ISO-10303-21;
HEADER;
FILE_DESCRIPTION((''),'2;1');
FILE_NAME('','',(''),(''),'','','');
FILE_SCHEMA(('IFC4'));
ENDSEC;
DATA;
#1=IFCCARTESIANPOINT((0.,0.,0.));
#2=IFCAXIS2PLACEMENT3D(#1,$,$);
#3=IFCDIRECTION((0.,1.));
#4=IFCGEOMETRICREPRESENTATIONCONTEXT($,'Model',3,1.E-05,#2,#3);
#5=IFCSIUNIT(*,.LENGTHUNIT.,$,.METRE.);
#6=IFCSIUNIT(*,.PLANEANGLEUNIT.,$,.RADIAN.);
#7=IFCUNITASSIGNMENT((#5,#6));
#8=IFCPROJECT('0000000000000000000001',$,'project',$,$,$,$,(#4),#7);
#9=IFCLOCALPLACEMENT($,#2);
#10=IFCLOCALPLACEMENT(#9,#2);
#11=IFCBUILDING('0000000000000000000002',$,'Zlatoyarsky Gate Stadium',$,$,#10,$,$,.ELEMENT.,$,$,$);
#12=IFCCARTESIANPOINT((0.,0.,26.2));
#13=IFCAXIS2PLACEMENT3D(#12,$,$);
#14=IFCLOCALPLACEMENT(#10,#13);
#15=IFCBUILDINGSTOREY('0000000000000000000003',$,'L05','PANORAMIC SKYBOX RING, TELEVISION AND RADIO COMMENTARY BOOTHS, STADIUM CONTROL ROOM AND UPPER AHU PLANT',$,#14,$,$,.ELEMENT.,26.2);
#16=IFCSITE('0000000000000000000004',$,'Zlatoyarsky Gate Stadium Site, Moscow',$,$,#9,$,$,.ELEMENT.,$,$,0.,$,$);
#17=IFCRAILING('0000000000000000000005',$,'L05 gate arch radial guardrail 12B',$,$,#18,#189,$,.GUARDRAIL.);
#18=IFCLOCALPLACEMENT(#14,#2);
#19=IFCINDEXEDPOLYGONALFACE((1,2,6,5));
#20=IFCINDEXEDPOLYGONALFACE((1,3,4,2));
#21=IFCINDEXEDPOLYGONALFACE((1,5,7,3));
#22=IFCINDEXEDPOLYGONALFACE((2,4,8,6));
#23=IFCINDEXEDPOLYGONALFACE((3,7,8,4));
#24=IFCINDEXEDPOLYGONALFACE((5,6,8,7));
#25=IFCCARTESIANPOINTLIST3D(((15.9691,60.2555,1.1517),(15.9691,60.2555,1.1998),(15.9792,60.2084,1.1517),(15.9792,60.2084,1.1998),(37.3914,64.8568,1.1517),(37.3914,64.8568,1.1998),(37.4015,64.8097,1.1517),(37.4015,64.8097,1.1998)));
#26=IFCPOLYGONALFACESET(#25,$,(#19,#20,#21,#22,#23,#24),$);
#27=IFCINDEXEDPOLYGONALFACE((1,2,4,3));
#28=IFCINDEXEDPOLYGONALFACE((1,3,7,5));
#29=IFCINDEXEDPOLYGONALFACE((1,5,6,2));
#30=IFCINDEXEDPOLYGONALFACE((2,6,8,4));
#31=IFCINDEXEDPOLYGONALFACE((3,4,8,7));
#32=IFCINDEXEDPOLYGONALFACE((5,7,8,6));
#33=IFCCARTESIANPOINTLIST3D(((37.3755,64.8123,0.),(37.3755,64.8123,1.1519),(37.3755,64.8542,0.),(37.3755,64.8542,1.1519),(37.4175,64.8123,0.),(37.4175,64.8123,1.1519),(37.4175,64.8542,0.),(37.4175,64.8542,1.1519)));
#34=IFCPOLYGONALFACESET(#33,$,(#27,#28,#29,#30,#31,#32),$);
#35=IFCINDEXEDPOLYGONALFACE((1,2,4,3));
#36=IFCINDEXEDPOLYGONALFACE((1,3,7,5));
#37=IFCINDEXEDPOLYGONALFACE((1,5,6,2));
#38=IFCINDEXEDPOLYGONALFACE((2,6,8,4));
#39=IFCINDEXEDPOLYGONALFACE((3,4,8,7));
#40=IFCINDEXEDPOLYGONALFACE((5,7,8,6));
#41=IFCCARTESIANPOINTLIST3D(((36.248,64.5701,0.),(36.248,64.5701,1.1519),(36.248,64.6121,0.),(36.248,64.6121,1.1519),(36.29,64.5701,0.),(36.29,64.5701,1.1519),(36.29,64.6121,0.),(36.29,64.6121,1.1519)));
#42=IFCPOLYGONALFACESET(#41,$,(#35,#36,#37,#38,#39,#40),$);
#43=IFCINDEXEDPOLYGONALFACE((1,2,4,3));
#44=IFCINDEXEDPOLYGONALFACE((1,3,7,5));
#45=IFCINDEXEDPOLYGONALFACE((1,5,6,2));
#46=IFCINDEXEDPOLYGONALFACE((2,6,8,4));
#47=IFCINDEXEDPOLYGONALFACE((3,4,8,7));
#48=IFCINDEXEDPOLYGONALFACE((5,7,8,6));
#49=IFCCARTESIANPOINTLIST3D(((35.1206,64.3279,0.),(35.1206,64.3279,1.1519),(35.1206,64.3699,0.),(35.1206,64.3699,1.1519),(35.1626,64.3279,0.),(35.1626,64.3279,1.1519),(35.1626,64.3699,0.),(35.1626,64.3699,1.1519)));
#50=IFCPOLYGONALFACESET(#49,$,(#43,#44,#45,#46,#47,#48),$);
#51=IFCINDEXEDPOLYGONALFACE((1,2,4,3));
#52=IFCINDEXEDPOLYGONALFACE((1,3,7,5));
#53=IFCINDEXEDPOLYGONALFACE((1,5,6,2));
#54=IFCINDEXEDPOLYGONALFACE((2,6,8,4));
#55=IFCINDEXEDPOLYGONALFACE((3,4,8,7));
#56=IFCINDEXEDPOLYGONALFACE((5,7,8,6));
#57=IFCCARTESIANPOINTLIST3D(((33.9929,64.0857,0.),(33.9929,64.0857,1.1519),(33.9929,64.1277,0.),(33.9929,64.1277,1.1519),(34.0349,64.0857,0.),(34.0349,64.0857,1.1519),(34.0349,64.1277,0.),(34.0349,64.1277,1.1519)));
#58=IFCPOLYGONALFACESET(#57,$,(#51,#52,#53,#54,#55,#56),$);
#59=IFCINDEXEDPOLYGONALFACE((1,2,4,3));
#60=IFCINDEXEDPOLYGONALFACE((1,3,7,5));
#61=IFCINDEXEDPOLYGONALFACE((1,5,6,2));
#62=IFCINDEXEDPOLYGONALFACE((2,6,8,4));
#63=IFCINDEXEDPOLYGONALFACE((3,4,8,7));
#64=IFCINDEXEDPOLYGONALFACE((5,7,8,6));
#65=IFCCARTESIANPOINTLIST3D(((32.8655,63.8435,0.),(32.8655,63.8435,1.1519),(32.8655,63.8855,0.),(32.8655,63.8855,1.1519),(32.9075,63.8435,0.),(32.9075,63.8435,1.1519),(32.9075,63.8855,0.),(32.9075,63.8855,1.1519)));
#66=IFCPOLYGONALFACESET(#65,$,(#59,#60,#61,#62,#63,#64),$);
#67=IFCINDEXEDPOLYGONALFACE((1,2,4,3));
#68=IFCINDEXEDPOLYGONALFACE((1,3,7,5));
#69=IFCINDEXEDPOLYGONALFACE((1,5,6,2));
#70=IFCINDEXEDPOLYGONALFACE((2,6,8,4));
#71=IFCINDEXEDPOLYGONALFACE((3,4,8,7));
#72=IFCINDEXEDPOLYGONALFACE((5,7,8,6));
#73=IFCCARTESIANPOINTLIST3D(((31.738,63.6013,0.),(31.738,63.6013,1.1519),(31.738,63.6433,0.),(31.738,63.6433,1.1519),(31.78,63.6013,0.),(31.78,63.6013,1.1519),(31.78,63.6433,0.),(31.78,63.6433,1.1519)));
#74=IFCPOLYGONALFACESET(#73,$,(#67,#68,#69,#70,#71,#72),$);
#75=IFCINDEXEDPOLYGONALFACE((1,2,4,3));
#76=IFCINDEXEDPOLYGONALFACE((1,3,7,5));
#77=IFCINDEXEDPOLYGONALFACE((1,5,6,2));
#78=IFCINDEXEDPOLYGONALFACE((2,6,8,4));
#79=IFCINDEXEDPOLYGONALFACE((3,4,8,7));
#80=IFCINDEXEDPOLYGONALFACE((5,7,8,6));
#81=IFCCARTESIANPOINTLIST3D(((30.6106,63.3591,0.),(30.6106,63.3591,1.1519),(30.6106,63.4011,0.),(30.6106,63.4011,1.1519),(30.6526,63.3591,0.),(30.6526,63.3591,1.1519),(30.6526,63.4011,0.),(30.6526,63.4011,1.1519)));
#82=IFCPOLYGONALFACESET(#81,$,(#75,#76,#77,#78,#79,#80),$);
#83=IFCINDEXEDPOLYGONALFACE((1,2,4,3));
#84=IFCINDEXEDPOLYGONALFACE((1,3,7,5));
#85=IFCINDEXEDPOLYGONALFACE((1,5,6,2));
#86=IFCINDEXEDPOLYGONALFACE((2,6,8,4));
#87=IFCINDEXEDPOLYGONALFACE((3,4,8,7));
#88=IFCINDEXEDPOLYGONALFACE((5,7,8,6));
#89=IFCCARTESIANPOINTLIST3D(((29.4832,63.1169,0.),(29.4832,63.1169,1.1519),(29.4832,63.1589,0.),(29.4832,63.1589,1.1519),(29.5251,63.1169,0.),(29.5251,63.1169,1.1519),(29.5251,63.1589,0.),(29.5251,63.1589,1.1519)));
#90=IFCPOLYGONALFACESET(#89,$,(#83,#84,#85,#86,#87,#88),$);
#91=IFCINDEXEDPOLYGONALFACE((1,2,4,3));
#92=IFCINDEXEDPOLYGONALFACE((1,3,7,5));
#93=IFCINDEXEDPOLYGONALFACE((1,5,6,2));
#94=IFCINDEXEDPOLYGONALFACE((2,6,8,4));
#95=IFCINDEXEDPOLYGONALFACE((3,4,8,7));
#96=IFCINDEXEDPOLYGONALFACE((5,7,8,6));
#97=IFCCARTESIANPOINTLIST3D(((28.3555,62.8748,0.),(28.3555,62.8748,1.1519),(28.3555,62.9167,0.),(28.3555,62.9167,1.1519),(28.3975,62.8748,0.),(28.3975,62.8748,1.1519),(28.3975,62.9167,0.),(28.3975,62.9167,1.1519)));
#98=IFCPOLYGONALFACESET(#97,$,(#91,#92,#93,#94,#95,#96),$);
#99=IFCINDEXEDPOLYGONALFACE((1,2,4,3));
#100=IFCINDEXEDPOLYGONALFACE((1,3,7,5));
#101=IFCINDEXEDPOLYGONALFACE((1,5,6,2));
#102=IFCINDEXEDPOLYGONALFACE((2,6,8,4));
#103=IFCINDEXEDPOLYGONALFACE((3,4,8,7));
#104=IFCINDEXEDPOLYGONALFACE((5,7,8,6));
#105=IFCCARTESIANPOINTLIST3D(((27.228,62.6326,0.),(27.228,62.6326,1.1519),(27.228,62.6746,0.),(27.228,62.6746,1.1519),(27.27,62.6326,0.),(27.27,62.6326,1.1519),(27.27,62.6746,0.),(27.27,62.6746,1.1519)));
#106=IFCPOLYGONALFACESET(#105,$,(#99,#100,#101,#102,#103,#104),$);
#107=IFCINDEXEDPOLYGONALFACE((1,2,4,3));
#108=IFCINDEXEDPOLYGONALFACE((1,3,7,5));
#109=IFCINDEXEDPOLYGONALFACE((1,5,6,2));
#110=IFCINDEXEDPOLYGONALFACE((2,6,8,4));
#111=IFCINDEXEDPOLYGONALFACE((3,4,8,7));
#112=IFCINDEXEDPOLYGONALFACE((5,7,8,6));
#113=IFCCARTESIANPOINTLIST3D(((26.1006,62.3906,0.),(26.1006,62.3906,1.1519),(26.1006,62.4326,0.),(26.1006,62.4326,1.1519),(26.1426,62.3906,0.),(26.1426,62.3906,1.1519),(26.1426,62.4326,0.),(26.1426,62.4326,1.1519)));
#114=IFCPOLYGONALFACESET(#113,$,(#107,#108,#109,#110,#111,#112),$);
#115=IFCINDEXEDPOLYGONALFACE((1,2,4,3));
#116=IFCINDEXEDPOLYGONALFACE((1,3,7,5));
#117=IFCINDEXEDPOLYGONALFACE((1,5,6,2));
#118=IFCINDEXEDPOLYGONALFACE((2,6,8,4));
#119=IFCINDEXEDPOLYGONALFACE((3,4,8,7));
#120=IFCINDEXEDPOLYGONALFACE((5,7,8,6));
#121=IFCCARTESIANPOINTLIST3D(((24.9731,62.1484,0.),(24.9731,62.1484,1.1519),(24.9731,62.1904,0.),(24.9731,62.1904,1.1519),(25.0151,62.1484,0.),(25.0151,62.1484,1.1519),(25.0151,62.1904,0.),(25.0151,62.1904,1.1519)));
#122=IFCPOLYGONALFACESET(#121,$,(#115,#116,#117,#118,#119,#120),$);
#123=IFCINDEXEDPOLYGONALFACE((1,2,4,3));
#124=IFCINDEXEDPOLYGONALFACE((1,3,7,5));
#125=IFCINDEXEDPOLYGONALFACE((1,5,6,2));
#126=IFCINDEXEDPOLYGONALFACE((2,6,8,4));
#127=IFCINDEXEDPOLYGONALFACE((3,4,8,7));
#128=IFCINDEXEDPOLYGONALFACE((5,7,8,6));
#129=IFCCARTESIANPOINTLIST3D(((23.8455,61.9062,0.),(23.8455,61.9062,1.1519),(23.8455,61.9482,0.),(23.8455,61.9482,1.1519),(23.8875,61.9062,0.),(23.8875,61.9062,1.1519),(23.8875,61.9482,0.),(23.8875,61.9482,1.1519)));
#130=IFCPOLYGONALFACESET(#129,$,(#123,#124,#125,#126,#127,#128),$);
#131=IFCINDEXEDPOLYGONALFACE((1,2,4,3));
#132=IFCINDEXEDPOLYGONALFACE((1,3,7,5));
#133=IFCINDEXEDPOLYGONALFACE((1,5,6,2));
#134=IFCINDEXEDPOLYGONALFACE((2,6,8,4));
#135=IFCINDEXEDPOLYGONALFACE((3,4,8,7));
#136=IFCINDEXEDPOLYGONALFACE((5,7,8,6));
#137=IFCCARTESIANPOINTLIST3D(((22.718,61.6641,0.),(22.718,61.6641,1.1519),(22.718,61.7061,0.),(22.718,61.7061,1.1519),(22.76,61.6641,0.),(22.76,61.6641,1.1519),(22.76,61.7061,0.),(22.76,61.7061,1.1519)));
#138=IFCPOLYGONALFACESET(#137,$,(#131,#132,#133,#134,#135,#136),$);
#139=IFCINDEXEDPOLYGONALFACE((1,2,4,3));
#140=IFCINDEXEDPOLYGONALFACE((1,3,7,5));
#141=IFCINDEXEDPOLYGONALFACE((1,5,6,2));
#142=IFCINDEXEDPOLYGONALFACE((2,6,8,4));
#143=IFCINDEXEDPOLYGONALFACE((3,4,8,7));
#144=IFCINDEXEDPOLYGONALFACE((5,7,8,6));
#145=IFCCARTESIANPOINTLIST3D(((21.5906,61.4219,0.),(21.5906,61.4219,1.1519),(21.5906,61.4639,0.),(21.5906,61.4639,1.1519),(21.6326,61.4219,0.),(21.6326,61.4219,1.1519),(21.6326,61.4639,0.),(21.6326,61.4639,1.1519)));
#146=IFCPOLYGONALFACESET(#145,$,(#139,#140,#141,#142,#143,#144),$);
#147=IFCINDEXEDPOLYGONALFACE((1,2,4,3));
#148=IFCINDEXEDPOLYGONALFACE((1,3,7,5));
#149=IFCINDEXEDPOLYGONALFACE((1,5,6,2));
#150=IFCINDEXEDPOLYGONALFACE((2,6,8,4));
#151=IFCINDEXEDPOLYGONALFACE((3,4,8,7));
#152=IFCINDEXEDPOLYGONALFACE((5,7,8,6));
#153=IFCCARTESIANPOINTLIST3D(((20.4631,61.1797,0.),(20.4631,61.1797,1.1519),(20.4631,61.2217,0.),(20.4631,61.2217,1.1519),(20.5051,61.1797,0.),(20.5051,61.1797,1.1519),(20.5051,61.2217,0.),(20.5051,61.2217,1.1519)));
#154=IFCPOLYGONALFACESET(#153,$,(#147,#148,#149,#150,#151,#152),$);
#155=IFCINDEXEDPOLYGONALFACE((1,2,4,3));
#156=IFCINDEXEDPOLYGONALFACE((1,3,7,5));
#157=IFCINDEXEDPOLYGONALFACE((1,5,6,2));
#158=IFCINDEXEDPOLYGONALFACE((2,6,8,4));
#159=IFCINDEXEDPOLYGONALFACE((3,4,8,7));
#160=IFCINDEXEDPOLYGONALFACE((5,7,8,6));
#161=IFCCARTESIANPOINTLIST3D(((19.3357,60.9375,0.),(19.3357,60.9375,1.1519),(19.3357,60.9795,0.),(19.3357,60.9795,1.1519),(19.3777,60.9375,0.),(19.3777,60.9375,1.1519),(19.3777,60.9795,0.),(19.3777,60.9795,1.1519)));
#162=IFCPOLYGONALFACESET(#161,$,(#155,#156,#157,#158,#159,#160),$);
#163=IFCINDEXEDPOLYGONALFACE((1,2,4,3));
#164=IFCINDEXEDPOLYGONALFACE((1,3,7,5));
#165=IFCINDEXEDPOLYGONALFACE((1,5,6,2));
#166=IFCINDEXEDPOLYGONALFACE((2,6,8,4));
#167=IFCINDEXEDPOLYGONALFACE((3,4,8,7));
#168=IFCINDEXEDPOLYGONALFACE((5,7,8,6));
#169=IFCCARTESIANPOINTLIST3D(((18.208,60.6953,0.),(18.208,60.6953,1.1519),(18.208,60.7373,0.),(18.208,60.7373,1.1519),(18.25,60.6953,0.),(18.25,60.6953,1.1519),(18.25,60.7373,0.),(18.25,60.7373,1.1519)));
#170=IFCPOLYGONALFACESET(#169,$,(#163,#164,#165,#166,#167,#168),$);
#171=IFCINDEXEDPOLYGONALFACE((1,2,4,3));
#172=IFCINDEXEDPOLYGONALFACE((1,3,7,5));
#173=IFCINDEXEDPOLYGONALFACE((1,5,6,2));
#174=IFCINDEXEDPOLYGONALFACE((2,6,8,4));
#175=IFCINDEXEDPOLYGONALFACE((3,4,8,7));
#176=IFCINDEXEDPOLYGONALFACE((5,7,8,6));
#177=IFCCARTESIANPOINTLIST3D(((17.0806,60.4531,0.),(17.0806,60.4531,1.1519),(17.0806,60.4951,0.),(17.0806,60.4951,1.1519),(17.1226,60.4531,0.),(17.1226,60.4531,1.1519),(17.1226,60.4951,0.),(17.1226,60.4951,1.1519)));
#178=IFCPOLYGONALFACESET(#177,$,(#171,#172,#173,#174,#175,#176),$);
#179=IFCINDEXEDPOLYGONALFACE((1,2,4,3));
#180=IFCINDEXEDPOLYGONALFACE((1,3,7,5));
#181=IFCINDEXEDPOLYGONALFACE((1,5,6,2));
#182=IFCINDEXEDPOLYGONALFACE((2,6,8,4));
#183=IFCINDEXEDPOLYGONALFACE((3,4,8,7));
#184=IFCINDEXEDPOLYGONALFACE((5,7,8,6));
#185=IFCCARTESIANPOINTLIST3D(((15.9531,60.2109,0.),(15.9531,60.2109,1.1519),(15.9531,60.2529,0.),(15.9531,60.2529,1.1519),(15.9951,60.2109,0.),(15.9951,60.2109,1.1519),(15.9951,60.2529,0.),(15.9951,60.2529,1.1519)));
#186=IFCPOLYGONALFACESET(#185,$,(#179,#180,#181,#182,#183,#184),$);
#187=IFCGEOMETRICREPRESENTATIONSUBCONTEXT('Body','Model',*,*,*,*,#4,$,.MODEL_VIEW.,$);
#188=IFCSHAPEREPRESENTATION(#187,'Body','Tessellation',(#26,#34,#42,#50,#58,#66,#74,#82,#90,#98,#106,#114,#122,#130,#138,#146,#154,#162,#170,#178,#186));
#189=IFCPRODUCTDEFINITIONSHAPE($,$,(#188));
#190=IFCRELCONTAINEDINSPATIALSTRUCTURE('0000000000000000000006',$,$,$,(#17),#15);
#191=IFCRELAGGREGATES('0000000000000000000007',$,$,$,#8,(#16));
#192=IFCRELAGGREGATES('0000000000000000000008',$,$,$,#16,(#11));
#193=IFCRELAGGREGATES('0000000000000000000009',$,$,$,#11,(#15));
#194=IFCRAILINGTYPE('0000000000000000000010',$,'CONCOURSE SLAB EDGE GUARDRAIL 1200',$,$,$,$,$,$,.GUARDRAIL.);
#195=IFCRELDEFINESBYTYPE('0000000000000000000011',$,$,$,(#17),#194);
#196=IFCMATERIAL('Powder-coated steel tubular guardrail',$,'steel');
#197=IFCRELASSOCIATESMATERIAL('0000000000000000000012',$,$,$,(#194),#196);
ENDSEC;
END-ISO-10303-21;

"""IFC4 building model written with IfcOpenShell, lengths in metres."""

from ifc_helpers import new_model, si_unit, direction, frame, origin, origin_2d, place, context, subcontext, project, spatial, rectangle, extrude, material, type_object, element, save


model = new_model("IFC4")

# Units and contexts
model_context = context("Model", 3, precision=1e-05, world=origin(), true_north=direction((0.0, 1.0)))
body_context = subcontext(model_context, "Body", "Model", "MODEL_VIEW")
ifc_project = project(units=[si_unit("LENGTHUNIT", "METRE"), si_unit("PLANEANGLEUNIT", "RADIAN")], contexts=[model_context])

# Site, building, storey
site_placement = place(None, origin())
site = spatial("IfcSite", under=ifc_project, at=site_placement, Name="Zlatoyarsky Gate Stadium Site, Moscow", CompositionType="ELEMENT", RefElevation=0.0)
building_placement = place(site_placement, origin())
building = spatial("IfcBuilding", under=site, at=building_placement, Name="Zlatoyarsky Gate Stadium", CompositionType="ELEMENT")
storey_placement = place(building_placement, frame((0.0, 0.0, 26.2)))
storey = spatial("IfcBuildingStorey", under=building, at=storey_placement, Name="L05", Description="PANORAMIC SKYBOX RING, TELEVISION AND RADIO COMMENTARY BOOTHS, STADIUM CONTROL ROOM AND UPPER AHU PLANT", CompositionType="ELEMENT", Elevation=26.2)

# Railing
ifc_material_1 = material(Name="Powder-coated steel tubular guardrail", Category="steel")
railing_type = type_object("IfcRailingType", Name="CONCOURSE SLAB EDGE GUARDRAIL 1200", PredefinedType="GUARDRAIL", material=ifc_material_1)
railing_1_placement = place(storey_placement, frame((37.3965, 64.8333, 0.0)))
element("IfcRailing", 1, at=railing_1_placement, inside=storey, type_object=railing_type, Name="L05 gate arch radial guardrail 12B", PredefinedType="GUARDRAIL", context=body_context, shape_type="SweptSolid", body=[
    extrude(rectangle(XDim=0.0481, YDim=0.0481, at=origin_2d()), frame((0.0, 0.0, 1.1758), z_axis=(-0.977701, -0.210001, 0.0), x_axis=(0.210001, -0.977701, 0.0)), (0.0, 0.0, 1.0), 21.9109),
    extrude(rectangle(XDim=0.042, YDim=0.042, at=origin_2d()), origin(), (0.0, 0.0, 1.0), 1.1519),
    extrude(rectangle(XDim=0.042, YDim=0.042, at=origin_2d()), frame((-1.1274, -0.2422, 0.0)), (0.0, 0.0, 1.0), 1.1519),
    extrude(rectangle(XDim=0.042, YDim=0.042, at=origin_2d()), frame((-2.2549, -0.4844, 0.0)), (0.0, 0.0, 1.0), 1.1519),
    extrude(rectangle(XDim=0.042, YDim=0.042, at=origin_2d()), frame((-3.3826, -0.7266, 0.0)), (0.0, 0.0, 1.0), 1.1519),
    extrude(rectangle(XDim=0.042, YDim=0.042, at=origin_2d()), frame((-4.51, -0.9688, 0.0)), (0.0, 0.0, 1.0), 1.1519),
    extrude(rectangle(XDim=0.042, YDim=0.042, at=origin_2d()), frame((-5.6375, -1.2109, 0.0)), (0.0, 0.0, 1.0), 1.1519),
    extrude(rectangle(XDim=0.042, YDim=0.042, at=origin_2d()), frame((-6.7649, -1.4531, 0.0)), (0.0, 0.0, 1.0), 1.1519),
    extrude(rectangle(XDim=0.042, YDim=0.042, at=origin_2d()), frame((-7.8923, -1.6953, 0.0)), (0.0, 0.0, 1.0), 1.1519),
    extrude(rectangle(XDim=0.042, YDim=0.042, at=origin_2d()), frame((-9.02, -1.9375, 0.0)), (0.0, 0.0, 1.0), 1.1519),
    extrude(rectangle(XDim=0.042, YDim=0.042, at=origin_2d()), frame((-10.1475, -2.1797, 0.0)), (0.0, 0.0, 1.0), 1.1519),
    extrude(rectangle(XDim=0.042, YDim=0.042, at=origin_2d()), frame((-11.2749, -2.4216, 0.0)), (0.0, 0.0, 1.0), 1.1519),
    extrude(rectangle(XDim=0.042, YDim=0.042, at=origin_2d()), frame((-12.4023, -2.6638, 0.0)), (0.0, 0.0, 1.0), 1.1519),
    extrude(rectangle(XDim=0.042, YDim=0.042, at=origin_2d()), frame((-13.53, -2.906, 0.0)), (0.0, 0.0, 1.0), 1.1519),
    extrude(rectangle(XDim=0.042, YDim=0.042, at=origin_2d()), frame((-14.6575, -3.1482, 0.0)), (0.0, 0.0, 1.0), 1.1519),
    extrude(rectangle(XDim=0.042, YDim=0.042, at=origin_2d()), frame((-15.7849, -3.3904, 0.0)), (0.0, 0.0, 1.0), 1.1519),
    extrude(rectangle(XDim=0.042, YDim=0.042, at=origin_2d()), frame((-16.9124, -3.6326, 0.0)), (0.0, 0.0, 1.0), 1.1519),
    extrude(rectangle(XDim=0.042, YDim=0.042, at=origin_2d()), frame((-18.0398, -3.8748, 0.0)), (0.0, 0.0, 1.0), 1.1519),
    extrude(rectangle(XDim=0.042, YDim=0.042, at=origin_2d()), frame((-19.1675, -4.1169, 0.0)), (0.0, 0.0, 1.0), 1.1519),
    extrude(rectangle(XDim=0.042, YDim=0.042, at=origin_2d()), frame((-20.2949, -4.3591, 0.0)), (0.0, 0.0, 1.0), 1.1519),
    extrude(rectangle(XDim=0.042, YDim=0.042, at=origin_2d()), frame((-21.4224, -4.6013, 0.0)), (0.0, 0.0, 1.0), 1.1519),
])

save(model, "model.ifc")
